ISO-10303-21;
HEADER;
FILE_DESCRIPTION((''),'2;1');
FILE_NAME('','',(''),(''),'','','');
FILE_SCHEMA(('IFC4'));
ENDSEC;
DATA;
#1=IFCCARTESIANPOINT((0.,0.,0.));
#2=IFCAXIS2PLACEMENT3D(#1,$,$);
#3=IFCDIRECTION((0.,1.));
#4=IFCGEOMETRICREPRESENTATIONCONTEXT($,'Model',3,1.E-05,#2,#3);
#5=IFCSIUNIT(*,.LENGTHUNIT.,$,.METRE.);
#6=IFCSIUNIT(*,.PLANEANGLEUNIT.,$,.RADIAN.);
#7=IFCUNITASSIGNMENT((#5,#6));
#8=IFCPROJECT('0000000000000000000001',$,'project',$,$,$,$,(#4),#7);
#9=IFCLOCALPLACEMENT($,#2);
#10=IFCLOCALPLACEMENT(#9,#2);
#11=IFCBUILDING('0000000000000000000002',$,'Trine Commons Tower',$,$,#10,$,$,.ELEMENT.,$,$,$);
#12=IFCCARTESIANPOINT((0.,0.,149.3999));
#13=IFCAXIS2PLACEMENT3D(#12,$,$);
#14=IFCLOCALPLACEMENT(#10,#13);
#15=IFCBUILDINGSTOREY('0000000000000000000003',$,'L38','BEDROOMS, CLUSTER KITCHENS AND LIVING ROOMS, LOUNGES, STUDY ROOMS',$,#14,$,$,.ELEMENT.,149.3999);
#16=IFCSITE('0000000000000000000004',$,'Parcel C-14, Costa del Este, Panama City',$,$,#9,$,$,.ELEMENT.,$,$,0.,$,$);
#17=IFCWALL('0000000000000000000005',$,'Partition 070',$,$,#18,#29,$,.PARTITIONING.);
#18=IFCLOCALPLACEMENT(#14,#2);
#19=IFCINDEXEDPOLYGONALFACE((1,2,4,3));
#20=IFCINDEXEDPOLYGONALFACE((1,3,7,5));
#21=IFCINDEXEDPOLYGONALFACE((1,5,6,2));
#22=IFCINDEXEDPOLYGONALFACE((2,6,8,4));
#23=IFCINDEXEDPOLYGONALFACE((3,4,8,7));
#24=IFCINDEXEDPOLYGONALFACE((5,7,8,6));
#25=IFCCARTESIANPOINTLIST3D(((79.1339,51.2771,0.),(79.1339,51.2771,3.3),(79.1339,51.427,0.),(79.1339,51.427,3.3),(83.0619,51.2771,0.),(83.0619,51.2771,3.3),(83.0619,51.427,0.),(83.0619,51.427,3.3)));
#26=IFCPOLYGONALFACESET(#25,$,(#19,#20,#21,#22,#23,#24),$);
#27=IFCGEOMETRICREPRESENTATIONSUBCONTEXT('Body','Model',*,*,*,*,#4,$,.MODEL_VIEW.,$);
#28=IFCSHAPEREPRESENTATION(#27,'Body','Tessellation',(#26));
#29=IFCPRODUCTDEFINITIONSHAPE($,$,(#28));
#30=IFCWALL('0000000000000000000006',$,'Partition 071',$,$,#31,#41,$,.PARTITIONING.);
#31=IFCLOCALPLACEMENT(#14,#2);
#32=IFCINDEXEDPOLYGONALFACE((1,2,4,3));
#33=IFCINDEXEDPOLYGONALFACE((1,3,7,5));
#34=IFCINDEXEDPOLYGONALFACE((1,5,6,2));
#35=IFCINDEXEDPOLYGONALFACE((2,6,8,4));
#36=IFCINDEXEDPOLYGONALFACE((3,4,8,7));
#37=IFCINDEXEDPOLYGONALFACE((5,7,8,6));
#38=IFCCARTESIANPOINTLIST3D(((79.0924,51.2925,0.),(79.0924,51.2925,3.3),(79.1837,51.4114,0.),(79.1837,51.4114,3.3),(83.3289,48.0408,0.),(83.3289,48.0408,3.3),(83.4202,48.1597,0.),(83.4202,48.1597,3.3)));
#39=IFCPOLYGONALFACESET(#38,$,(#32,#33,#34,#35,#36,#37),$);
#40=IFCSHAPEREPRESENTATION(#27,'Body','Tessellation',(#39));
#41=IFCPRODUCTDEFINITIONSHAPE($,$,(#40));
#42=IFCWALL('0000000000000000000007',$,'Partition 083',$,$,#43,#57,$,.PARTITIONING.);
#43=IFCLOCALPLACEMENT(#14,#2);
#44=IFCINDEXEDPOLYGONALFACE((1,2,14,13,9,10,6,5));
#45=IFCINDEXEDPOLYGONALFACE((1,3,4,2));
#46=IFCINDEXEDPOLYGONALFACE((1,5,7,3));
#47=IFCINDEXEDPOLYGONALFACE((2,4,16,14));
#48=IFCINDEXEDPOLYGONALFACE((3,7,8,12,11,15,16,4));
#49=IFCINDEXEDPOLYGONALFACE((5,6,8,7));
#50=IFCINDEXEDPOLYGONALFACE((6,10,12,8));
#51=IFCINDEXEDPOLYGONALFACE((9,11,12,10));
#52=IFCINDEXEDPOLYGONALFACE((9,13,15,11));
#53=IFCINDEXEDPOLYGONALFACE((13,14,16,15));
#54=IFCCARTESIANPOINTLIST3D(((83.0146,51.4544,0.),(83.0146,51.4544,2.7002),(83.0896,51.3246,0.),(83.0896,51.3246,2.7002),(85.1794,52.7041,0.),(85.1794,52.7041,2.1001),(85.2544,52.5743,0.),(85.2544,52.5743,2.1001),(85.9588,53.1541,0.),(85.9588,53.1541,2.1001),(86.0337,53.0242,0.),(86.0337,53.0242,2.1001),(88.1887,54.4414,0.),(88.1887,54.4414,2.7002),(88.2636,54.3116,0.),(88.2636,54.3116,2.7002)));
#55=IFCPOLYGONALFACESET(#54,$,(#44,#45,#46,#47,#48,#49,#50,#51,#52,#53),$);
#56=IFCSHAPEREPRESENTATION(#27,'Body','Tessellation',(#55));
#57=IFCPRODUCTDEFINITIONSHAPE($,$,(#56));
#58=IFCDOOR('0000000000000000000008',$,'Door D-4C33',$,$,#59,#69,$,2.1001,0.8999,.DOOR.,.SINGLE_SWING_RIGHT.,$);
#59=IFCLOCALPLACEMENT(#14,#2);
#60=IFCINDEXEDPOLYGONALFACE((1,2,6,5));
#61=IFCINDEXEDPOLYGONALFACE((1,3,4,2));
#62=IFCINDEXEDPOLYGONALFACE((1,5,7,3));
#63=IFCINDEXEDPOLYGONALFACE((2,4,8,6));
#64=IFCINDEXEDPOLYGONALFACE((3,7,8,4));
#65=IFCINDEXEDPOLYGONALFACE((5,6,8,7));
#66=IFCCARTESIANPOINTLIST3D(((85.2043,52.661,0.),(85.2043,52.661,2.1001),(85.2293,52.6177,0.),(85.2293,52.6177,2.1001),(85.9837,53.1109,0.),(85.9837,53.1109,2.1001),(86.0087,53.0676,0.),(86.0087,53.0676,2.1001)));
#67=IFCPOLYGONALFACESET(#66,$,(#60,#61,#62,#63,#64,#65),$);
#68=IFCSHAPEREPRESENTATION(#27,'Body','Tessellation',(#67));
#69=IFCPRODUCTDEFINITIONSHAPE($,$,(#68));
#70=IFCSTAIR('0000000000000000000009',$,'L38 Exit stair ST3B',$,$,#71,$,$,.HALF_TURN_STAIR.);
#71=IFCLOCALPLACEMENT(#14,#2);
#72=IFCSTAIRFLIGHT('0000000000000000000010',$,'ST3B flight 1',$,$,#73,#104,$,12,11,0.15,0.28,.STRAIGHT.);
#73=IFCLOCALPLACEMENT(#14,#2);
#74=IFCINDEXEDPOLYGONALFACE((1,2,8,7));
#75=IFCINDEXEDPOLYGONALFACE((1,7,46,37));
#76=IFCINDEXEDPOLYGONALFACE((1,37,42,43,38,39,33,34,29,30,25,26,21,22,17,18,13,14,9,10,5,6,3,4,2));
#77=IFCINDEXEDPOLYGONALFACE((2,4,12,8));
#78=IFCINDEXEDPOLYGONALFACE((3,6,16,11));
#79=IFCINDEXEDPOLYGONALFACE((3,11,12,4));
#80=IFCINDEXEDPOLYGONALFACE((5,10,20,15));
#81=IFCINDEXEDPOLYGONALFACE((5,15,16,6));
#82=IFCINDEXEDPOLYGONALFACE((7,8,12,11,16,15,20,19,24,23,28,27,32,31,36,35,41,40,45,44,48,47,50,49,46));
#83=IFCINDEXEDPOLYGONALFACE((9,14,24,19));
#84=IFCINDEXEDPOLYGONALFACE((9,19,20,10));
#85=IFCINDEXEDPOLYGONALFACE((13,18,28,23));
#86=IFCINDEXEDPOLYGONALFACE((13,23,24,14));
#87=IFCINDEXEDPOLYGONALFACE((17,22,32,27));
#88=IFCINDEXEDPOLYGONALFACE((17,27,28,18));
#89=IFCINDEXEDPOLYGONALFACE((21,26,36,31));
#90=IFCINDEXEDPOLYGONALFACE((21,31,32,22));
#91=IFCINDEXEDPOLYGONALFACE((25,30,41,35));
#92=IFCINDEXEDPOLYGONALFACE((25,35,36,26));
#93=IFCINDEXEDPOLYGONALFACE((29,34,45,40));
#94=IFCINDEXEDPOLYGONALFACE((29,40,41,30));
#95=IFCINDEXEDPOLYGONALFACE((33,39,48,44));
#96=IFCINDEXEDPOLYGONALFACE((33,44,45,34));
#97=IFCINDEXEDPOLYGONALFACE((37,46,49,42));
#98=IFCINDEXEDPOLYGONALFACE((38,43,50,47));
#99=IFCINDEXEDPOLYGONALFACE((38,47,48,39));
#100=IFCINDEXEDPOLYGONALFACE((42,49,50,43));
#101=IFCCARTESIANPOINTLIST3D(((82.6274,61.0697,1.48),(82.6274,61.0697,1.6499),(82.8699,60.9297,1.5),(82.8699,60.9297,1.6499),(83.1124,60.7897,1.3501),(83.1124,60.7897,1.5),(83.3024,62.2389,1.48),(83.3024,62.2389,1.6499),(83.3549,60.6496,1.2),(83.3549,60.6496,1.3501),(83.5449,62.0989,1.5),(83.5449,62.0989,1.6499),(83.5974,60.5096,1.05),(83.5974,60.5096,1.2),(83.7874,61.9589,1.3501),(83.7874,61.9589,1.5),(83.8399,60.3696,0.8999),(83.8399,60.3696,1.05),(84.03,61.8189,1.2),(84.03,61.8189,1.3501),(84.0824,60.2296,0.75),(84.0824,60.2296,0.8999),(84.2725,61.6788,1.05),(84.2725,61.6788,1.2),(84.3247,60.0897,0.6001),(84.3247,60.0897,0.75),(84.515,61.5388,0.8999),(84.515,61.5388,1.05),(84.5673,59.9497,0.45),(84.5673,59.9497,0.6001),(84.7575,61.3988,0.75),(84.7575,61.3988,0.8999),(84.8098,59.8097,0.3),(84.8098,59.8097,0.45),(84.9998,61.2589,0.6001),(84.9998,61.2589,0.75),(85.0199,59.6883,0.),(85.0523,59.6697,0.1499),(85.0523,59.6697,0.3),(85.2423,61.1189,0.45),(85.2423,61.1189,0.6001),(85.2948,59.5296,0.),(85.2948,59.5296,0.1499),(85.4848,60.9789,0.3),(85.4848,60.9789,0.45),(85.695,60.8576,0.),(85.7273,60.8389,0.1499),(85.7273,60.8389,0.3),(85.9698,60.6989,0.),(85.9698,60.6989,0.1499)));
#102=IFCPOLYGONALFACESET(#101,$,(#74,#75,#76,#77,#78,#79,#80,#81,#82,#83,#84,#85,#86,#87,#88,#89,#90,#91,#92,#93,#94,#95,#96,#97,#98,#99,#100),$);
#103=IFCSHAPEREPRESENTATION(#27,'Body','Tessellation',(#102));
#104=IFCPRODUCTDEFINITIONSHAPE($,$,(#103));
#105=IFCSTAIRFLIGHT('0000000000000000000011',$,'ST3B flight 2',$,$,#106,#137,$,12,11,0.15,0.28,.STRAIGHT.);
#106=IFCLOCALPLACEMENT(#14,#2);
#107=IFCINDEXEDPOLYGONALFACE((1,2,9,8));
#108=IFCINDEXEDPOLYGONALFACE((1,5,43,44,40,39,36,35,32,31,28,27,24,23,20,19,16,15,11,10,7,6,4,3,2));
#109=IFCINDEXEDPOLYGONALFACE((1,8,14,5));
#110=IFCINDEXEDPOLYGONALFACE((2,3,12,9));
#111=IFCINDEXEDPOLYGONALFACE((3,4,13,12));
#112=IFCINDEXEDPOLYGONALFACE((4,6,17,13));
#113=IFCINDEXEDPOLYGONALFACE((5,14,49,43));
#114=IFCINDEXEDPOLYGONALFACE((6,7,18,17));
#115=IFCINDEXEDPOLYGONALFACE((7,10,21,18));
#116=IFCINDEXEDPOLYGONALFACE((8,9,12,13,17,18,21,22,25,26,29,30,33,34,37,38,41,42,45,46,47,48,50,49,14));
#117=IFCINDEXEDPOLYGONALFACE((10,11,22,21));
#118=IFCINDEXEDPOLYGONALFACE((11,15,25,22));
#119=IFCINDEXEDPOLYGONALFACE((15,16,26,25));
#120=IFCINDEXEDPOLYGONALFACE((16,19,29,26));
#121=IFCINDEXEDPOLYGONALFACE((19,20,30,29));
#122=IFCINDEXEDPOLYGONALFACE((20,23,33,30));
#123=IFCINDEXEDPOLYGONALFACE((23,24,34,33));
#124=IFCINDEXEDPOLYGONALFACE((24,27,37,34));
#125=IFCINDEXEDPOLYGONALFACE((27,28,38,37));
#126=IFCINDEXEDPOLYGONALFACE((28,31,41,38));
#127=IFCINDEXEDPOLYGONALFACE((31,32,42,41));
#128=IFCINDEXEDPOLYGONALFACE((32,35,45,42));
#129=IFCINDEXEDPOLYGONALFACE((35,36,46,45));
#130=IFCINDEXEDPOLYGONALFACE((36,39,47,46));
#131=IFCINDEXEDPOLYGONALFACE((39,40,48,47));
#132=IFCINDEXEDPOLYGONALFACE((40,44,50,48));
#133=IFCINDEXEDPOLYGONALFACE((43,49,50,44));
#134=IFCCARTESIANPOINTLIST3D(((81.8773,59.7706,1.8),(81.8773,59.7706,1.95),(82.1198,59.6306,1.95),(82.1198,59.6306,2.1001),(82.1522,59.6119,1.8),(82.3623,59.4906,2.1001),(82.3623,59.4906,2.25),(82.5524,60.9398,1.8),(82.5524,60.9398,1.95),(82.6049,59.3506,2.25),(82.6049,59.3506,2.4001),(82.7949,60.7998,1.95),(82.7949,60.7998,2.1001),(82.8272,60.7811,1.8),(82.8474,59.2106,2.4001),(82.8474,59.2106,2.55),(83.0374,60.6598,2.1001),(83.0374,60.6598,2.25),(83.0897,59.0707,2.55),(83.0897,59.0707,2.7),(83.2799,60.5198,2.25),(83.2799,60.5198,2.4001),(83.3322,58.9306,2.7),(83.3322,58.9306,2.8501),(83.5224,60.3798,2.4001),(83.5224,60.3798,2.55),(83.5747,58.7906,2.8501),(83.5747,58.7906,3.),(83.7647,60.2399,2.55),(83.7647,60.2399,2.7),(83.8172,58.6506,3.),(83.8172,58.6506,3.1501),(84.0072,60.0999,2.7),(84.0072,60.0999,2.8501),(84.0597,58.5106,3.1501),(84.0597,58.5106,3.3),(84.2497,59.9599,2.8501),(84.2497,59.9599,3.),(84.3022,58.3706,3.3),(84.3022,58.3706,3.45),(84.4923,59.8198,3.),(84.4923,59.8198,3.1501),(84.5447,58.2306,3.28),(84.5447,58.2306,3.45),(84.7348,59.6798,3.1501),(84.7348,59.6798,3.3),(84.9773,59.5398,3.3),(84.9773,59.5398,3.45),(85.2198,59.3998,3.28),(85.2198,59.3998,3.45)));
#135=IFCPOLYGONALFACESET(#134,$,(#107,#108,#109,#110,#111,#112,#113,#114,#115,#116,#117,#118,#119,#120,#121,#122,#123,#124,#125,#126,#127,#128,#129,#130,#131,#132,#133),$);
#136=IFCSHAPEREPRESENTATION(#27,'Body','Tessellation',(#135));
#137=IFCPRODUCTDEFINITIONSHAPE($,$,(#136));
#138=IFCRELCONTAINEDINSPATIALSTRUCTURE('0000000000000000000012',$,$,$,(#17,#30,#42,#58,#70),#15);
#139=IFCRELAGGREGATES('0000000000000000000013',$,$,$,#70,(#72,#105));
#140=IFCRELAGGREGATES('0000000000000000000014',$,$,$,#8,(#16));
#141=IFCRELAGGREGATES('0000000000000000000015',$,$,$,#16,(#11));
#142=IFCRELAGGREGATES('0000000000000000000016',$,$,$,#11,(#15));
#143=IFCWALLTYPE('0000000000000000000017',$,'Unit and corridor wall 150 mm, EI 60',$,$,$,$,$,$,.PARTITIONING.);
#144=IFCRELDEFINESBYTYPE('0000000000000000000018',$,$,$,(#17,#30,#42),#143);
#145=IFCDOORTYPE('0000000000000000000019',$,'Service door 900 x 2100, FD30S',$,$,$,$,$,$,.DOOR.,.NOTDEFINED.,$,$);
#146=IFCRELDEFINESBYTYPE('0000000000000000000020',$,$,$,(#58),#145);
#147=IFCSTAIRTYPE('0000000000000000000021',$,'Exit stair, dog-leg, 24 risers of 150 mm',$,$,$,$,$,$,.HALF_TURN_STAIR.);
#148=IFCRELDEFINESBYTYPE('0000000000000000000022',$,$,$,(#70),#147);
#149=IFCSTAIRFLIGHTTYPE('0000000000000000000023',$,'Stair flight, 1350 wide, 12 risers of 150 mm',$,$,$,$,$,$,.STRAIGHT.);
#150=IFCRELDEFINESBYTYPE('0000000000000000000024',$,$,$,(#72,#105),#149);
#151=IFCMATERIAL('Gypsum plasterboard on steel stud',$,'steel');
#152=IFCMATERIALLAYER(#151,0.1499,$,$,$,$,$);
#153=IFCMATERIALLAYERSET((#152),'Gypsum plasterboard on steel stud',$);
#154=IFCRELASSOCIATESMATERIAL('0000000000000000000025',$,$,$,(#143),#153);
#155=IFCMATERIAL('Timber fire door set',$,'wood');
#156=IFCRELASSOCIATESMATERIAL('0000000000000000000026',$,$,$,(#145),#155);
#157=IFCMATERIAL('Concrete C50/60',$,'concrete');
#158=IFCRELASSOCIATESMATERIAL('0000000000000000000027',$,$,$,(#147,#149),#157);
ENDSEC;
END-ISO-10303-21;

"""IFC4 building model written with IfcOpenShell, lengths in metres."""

from ifc_helpers import new_model, si_unit, direction, frame, frame_2d, origin, place, context, subcontext, project, spatial, polyline, rectangle, outline, extrude, material, layer, layer_set, type_object, element, fill, aggregate, save


model = new_model("IFC4")

# Units and contexts
model_context = context("Model", 3, precision=1e-05, world=origin(), true_north=direction((0.0, 1.0)))
body_context = subcontext(model_context, "Body", "Model", "MODEL_VIEW")
ifc_project = project(units=[si_unit("LENGTHUNIT", "METRE"), si_unit("PLANEANGLEUNIT", "RADIAN")], contexts=[model_context])

# Site, building, storey
site_placement = place(None, origin())
site = spatial("IfcSite", under=ifc_project, at=site_placement, Name="Parcel C-14, Costa del Este, Panama City", CompositionType="ELEMENT", RefElevation=0.0)
building_placement = place(site_placement, origin())
building = spatial("IfcBuilding", under=site, at=building_placement, Name="Trine Commons Tower", CompositionType="ELEMENT")
storey_placement = place(building_placement, frame((0.0, 0.0, 149.3999)))
storey = spatial("IfcBuildingStorey", under=building, at=storey_placement, Name="L38", Description="BEDROOMS, CLUSTER KITCHENS AND LIVING ROOMS, LOUNGES, STUDY ROOMS", CompositionType="ELEMENT", Elevation=149.3999)

# Shared definitions
ifc_material_1 = material(Name="Concrete C50/60", Category="concrete")

# Walls
ifc_material_2 = material(Name="Gypsum plasterboard on steel stud", Category="steel")
ifc_layer_1 = layer(ifc_material_2, 0.1499)
ifc_layer_set_1 = layer_set([ifc_layer_1], Name="Gypsum plasterboard on steel stud")
wall_type_1 = type_object("IfcWallType", Name="Unit and corridor wall 150 mm, EI 60", PredefinedType="PARTITIONING", material=ifc_layer_set_1)
wall_1_placement = place(storey_placement, frame((79.134, 51.3521, 0.0), z_axis=(0.0, 0.0, 1.0), x_axis=(1.0, 0.0, 0.0)))
element("IfcWall", 1, at=wall_1_placement, inside=storey, type_object=wall_type_1, Name="Partition 070", PredefinedType="PARTITIONING", context=body_context, shape_type="SweptSolid", body=[
    extrude(rectangle(XDim=3.928, YDim=0.1499, at=frame_2d((1.9639, 0.0))), origin(), (0.0, 0.0, 1.0), 3.3),
])
wall_2_placement = place(storey_placement, frame((79.1379, 51.3521, 0.0), z_axis=(0.0, 0.0, 1.0), x_axis=(0.793274, -0.608864, 0.0)))
element("IfcWall", 2, at=wall_2_placement, inside=storey, type_object=wall_type_1, Name="Partition 071", PredefinedType="PARTITIONING", context=body_context, shape_type="SweptSolid", body=[
    extrude(rectangle(XDim=5.3406, YDim=0.1499, at=frame_2d((2.6704, 0.0))), origin(), (0.0, 0.0, 1.0), 3.3),
])

# Wall, opening, door
wall_3_placement = place(storey_placement, frame((83.052, 51.3894, 0.0), z_axis=(0.0, 0.0, 1.0), x_axis=(0.866039, 0.499976, 0.0)))
wall_3 = element("IfcWall", 3, at=wall_3_placement, inside=storey, type_object=wall_type_1, Name="Partition 083", PredefinedType="PARTITIONING", context=body_context, shape_type="SweptSolid", body=[
    extrude(rectangle(XDim=5.9744, YDim=0.1499, at=frame_2d((2.9873, 0.0))), origin(), (0.0, 0.0, 1.0), 2.7002),
])
opening_1_placement = place(wall_3_placement, frame((2.4998, 0.0, 0.0)))
opening_1 = element("IfcOpeningElement", 4, at=opening_1_placement, cuts=wall_3, PredefinedType="OPENING", context=body_context, shape_type="SweptSolid", body=[
    extrude(rectangle(XDim=0.8999, YDim=2.1001, at=frame_2d((0.45, 1.05))), frame((0.0, 0.085, 0.0), z_axis=(0.0, -1.0, 0.0), x_axis=(1.0, 0.0, 0.0)), (0.0, 0.0, 1.0), 0.1699),
])
ifc_material_3 = material(Name="Timber fire door set", Category="wood")
door_type_1 = type_object("IfcDoorType", Name="Service door 900 x 2100, FD30S", OperationType="NOTDEFINED", PredefinedType="DOOR", material=ifc_material_3)
door_1_placement = place(opening_1_placement, frame((0.8999, 0.0, 0.0), z_axis=(0.0, 0.0, 1.0), x_axis=(-1.0, 0.0, 0.0)))
door_1 = element("IfcDoor", 5, at=door_1_placement, inside=storey, type_object=door_type_1, Name="Door D-4C33", OperationType="SINGLE_SWING_RIGHT", OverallHeight=2.1001, OverallWidth=0.8999, PredefinedType="DOOR", context=body_context, shape_type="SweptSolid", body=[
    extrude(rectangle(XDim=0.8999, YDim=2.1001, at=frame_2d((0.45, 1.05))), frame((0.0, 0.0249, 0.0), z_axis=(0.0, -1.0, 0.0), x_axis=(1.0, 0.0, 0.0)), (0.0, 0.0, 1.0), 0.05),
])
fill(opening_1, door_1)

# Stair, stair flights
stair_type = type_object("IfcStairType", Name="Exit stair, dog-leg, 24 risers of 150 mm", PredefinedType="HALF_TURN_STAIR", material=ifc_material_1)
stair_placement = place(storey_placement, origin())
stair = element("IfcStair", 6, at=stair_placement, inside=storey, type_object=stair_type, Name="L38 Exit stair ST3B", PredefinedType="HALF_TURN_STAIR")
stair_flight_type = type_object("IfcStairFlightType", Name="Stair flight, 1350 wide, 12 risers of 150 mm", PredefinedType="STRAIGHT", material=ifc_material_1)
stair_flight_1_placement = place(storey_placement, frame((85.6323, 60.1143, 0.0), z_axis=(0.0, 0.0, 1.0), x_axis=(-0.866025, 0.5, 0.0)))
stair_flight_1 = element("IfcStairFlight", 7, at=stair_flight_1_placement, type_object=stair_flight_type, Name="ST3B flight 1", NumberOfRisers=12, NumberOfTreads=11, PredefinedType="STRAIGHT", RiserHeight=0.15, TreadLength=0.28, context=body_context, shape_type="SweptSolid", body=[
    extrude(outline(polyline([(0.0, 0.0), (0.0, 0.1499), (0.28, 0.1499), (0.28, 0.3), (0.5601, 0.3), (0.5601, 0.45), (0.8401, 0.45), (0.8401, 0.6001), (1.1201, 0.6001), (1.1201, 0.75), (1.3999, 0.75), (1.3999, 0.8999), (1.6799, 0.8999), (1.6799, 1.05), (1.96, 1.05), (1.96, 1.2), (2.24, 1.2), (2.24, 1.3501), (2.52, 1.3501), (2.52, 1.5), (2.8, 1.5), (2.8, 1.6499), (3.0801, 1.6499), (3.0801, 1.8), (3.0801, 1.48), (0.3174, 0.0), (0.0, 0.0)])), frame((0.0, 0.675, 0.0), z_axis=(0.0, -1.0, 0.0), x_axis=(1.0, 0.0, 0.0)), (0.0, 0.0, 1.0), 1.3501),
])
stair_flight_2_placement = place(storey_placement, frame((82.2148, 60.3552, 1.8), z_axis=(0.0, 0.0, 1.0), x_axis=(0.866025, -0.5, 0.0)))
stair_flight_2 = element("IfcStairFlight", 8, at=stair_flight_2_placement, type_object=stair_flight_type, Name="ST3B flight 2", NumberOfRisers=12, NumberOfTreads=11, PredefinedType="STRAIGHT", RiserHeight=0.15, TreadLength=0.28, context=body_context, shape_type="SweptSolid", body=[
    extrude(outline(polyline([(0.0, 0.0), (0.0, 0.1499), (0.28, 0.1499), (0.28, 0.3), (0.5601, 0.3), (0.5601, 0.45), (0.8401, 0.45), (0.8401, 0.6001), (1.1201, 0.6001), (1.1201, 0.75), (1.3999, 0.75), (1.3999, 0.8999), (1.6799, 0.8999), (1.6799, 1.05), (1.96, 1.05), (1.96, 1.2), (2.24, 1.2), (2.24, 1.3501), (2.52, 1.3501), (2.52, 1.5), (2.8, 1.5), (2.8, 1.6499), (3.0801, 1.6499), (3.0801, 1.8), (3.0801, 1.48), (0.3174, 0.0), (0.0, 0.0)])), frame((0.0, 0.675, 0.0), z_axis=(0.0, -1.0, 0.0), x_axis=(1.0, 0.0, 0.0)), (0.0, 0.0, 1.0), 1.3501),
])
aggregate(stair, [stair_flight_1, stair_flight_2])

save(model, "model.ifc")
